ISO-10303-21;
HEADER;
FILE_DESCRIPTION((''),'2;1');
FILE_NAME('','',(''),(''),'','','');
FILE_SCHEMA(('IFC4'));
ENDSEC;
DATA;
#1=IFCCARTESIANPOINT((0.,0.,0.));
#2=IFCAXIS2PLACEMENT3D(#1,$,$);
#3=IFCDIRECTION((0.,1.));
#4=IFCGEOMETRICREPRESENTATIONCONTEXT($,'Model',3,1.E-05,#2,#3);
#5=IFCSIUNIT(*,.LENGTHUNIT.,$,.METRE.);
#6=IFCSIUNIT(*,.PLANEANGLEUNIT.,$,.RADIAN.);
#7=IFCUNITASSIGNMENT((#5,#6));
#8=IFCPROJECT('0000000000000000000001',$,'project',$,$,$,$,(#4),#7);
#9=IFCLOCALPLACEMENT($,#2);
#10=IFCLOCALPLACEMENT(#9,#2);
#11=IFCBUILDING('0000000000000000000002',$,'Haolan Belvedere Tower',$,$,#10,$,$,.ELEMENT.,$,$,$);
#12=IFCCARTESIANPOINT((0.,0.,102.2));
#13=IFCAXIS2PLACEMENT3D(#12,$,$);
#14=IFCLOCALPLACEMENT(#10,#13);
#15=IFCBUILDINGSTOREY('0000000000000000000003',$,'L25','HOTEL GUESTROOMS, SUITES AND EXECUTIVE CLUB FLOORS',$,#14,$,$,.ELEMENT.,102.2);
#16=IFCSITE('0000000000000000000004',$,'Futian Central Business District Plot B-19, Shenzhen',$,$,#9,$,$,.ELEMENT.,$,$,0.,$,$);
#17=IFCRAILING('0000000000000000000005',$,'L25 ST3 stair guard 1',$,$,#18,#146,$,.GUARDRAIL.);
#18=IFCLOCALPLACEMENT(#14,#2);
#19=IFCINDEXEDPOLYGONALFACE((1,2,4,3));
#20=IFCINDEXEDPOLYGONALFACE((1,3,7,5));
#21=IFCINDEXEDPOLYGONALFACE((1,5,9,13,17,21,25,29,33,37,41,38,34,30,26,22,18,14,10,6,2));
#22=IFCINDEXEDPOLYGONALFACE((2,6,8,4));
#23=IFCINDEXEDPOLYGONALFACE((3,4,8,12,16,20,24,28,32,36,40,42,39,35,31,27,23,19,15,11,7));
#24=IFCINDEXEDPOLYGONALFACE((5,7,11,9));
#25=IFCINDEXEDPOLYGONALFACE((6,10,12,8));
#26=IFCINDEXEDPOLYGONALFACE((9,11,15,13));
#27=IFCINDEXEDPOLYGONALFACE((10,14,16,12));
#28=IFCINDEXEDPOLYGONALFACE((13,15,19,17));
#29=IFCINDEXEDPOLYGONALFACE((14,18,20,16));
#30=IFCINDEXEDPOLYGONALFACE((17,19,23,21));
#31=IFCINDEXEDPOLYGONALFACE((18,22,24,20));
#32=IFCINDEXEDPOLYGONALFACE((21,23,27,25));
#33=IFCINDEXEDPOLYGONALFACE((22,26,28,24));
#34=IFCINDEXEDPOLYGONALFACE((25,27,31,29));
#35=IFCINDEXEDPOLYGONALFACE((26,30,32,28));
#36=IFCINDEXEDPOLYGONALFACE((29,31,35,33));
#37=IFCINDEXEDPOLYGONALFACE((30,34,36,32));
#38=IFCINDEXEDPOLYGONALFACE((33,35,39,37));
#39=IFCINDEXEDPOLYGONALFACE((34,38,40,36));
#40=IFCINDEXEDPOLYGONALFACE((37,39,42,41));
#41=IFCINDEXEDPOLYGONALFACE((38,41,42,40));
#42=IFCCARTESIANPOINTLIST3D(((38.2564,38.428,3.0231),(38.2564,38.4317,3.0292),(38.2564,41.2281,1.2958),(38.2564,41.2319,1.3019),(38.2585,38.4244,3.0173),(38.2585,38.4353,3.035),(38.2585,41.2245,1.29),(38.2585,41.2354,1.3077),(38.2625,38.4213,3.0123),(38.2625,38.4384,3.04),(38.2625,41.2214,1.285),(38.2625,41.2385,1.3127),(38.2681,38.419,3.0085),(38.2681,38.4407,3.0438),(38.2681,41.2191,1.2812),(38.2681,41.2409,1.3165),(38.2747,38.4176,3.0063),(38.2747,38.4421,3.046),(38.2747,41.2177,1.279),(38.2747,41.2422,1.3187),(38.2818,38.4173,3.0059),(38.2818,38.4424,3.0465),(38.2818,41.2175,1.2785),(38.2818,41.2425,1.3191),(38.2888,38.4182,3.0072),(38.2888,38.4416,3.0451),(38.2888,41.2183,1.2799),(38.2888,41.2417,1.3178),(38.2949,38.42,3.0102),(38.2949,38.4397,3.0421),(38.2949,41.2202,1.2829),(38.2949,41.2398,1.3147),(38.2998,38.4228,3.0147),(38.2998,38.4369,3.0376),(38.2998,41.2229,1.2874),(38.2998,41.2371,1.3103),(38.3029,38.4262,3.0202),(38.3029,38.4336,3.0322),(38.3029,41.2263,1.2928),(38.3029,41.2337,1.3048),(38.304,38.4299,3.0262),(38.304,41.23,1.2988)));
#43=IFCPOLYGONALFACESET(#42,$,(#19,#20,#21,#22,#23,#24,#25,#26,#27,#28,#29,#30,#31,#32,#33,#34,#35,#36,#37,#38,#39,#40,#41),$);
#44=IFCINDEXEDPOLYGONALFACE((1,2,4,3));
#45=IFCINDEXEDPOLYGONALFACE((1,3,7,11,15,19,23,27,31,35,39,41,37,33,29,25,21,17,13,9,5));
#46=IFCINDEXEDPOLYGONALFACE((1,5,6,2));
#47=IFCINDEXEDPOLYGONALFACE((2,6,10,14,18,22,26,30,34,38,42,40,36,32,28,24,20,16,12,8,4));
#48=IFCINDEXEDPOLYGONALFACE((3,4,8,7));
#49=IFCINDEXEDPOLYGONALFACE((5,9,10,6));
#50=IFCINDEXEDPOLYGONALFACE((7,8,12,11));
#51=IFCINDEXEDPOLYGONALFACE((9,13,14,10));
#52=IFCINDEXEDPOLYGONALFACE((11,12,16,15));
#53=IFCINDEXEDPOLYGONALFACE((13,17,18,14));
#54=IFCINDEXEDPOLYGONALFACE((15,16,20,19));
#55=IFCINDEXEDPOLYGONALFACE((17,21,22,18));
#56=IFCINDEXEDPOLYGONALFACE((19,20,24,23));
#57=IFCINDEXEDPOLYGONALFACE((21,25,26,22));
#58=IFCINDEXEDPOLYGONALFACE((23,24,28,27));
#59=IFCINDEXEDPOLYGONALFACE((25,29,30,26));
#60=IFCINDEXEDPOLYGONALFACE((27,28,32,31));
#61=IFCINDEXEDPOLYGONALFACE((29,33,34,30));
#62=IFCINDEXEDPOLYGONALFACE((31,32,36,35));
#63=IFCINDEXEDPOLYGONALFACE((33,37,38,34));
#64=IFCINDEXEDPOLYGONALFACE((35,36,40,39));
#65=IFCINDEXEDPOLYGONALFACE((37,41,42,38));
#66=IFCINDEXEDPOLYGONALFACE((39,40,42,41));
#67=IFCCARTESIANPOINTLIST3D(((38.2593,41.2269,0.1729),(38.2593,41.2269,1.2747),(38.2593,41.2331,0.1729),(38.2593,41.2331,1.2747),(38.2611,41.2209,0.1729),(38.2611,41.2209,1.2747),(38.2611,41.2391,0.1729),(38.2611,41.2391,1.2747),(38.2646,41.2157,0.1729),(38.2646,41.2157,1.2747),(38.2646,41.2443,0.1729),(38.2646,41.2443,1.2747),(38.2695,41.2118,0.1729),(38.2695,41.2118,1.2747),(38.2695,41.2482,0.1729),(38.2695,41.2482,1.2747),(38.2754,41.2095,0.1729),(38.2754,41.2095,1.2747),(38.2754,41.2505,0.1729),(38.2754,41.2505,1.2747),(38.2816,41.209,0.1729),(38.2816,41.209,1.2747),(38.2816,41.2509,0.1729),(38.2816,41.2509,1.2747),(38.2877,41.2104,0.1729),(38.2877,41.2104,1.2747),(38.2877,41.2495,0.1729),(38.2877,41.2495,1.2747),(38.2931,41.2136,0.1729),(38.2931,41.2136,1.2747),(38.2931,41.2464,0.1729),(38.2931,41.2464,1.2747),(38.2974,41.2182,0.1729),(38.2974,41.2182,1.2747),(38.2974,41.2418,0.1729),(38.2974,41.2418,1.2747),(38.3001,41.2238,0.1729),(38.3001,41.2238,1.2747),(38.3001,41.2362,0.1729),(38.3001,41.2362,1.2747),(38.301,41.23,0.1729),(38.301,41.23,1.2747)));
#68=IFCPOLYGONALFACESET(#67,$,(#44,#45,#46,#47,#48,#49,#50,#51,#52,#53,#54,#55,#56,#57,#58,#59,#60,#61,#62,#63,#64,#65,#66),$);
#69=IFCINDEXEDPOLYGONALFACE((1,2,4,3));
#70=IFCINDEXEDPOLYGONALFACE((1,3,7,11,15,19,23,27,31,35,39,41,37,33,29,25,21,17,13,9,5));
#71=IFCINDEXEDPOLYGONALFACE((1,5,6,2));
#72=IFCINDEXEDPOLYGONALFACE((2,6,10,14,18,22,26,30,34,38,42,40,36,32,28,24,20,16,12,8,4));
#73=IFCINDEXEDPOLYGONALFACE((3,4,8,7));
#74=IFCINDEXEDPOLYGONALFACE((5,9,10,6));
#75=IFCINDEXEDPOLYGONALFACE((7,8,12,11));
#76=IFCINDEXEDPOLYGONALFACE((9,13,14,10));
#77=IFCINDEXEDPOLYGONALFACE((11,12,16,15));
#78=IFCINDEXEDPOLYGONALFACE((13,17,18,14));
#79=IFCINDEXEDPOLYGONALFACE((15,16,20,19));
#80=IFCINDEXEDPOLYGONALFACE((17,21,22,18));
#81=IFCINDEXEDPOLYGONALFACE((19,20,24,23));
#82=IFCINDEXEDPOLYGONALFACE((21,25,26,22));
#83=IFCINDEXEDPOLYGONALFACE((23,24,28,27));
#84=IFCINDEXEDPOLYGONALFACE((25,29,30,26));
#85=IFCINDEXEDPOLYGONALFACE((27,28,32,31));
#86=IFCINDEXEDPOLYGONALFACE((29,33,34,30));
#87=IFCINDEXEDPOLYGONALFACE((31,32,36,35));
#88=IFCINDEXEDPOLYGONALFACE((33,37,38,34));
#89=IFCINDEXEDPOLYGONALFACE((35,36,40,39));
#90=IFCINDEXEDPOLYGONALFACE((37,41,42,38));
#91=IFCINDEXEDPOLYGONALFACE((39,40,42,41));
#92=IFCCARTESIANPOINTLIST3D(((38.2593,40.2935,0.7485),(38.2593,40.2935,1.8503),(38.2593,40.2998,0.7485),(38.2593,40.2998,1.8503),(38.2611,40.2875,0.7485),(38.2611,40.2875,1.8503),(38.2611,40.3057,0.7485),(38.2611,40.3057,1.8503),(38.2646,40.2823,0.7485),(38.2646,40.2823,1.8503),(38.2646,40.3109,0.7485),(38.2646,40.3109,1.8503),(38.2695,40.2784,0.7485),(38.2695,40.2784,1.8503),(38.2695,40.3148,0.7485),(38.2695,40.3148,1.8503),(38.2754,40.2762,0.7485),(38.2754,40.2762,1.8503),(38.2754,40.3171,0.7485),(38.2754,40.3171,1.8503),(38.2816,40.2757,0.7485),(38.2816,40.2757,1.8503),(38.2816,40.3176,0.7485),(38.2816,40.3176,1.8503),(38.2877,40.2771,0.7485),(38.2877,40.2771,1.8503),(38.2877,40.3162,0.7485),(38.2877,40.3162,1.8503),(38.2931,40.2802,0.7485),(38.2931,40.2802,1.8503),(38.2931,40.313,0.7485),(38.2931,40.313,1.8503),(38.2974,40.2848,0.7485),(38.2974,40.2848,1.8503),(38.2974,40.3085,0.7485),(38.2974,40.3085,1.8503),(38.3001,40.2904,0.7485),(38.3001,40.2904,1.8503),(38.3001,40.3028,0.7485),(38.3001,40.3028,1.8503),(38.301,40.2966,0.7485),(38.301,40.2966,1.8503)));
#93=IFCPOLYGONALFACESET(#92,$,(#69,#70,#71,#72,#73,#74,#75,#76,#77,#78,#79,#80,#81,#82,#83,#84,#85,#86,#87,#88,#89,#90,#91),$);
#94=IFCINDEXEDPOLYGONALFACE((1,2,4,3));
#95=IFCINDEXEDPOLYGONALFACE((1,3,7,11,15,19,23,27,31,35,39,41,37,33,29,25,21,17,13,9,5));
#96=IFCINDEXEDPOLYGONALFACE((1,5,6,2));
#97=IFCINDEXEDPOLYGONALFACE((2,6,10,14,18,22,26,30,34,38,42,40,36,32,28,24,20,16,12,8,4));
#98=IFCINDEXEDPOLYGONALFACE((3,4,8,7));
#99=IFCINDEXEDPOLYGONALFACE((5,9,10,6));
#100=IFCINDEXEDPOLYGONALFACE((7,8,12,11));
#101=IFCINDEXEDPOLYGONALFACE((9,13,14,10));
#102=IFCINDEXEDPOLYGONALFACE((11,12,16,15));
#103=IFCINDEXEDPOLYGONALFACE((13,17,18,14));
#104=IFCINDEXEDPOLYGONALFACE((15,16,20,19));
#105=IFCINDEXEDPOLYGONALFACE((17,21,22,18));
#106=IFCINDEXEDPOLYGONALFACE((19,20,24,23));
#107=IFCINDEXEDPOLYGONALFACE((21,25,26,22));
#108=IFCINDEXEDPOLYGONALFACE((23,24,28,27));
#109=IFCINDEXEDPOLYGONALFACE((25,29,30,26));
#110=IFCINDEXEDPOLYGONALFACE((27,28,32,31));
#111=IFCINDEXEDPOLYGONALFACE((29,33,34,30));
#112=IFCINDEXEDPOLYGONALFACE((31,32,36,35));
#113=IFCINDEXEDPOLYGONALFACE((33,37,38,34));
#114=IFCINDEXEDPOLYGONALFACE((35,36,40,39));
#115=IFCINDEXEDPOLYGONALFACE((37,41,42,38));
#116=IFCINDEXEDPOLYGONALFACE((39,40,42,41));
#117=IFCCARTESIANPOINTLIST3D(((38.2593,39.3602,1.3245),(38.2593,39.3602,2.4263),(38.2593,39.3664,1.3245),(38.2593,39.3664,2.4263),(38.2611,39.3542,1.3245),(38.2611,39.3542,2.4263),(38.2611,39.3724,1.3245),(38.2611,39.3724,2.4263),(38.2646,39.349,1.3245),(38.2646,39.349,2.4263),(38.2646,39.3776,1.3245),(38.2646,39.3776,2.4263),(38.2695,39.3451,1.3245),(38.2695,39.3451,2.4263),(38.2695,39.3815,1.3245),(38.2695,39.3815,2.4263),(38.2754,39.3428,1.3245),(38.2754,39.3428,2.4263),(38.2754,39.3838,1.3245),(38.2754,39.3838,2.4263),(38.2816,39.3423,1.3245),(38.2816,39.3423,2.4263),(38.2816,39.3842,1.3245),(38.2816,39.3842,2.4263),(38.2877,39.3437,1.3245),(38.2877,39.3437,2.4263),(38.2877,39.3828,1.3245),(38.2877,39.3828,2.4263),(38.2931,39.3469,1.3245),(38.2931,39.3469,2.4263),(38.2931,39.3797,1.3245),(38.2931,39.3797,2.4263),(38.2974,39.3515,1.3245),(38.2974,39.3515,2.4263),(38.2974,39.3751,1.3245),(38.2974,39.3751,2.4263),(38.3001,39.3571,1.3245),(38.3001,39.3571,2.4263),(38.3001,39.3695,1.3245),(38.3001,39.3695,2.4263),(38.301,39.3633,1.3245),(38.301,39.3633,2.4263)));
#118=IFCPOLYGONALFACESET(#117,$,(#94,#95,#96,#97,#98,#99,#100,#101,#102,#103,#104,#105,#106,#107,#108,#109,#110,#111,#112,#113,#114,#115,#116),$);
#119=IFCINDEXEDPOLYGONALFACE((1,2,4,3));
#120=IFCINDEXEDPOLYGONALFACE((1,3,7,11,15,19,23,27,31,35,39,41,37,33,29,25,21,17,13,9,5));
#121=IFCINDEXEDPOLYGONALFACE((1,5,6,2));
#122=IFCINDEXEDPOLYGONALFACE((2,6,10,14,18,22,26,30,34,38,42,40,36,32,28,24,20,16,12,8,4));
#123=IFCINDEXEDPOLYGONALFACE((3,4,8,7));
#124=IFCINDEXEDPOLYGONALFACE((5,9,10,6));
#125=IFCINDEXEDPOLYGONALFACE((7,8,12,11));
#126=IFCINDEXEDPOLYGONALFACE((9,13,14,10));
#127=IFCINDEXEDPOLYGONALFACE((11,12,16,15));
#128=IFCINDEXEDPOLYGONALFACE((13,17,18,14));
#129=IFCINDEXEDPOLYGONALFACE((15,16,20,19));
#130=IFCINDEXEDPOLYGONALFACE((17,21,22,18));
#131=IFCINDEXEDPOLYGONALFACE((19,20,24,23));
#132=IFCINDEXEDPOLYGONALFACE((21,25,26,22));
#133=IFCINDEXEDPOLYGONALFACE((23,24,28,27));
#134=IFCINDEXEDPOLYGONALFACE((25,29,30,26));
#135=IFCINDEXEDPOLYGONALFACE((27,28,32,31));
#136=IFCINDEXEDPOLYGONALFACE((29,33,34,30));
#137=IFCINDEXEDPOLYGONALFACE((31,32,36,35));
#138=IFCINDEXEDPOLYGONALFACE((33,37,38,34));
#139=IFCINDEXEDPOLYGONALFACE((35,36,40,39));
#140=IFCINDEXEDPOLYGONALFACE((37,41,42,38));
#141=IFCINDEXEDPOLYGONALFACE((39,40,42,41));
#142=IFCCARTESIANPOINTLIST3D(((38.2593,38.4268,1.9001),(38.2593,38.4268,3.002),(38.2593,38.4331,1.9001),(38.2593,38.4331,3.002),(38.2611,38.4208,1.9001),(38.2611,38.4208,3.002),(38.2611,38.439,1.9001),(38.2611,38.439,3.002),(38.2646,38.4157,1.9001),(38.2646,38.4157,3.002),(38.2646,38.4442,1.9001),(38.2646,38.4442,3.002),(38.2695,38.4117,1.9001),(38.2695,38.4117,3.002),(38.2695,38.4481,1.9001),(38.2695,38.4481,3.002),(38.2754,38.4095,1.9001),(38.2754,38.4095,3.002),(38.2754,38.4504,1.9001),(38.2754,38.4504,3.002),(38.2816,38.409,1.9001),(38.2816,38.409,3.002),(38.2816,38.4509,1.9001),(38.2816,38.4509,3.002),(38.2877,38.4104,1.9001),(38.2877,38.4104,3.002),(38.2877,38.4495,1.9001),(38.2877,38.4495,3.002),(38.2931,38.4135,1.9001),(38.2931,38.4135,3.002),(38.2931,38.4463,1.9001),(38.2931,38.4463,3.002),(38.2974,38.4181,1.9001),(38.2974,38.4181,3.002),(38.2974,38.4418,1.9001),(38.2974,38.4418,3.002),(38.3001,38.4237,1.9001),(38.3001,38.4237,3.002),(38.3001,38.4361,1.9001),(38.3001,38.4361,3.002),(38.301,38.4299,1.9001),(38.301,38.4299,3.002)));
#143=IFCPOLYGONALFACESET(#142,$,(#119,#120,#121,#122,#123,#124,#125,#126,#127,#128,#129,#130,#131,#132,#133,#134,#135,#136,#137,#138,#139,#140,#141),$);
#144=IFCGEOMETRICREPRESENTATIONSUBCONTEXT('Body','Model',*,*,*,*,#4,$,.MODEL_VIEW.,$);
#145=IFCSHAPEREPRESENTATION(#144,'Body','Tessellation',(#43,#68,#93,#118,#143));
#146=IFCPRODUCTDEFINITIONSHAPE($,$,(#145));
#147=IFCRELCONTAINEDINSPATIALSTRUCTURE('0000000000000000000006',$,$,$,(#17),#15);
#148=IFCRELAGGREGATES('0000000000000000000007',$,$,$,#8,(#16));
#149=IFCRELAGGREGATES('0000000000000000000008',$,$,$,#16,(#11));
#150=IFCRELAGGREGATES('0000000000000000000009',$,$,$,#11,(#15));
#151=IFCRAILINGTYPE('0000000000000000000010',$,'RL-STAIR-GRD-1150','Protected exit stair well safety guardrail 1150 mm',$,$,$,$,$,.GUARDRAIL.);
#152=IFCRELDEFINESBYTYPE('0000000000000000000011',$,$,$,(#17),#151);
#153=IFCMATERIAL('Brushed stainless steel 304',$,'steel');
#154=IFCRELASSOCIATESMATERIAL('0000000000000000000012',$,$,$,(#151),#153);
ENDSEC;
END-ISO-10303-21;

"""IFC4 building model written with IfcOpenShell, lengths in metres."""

from ifc_helpers import new_model, si_unit, direction, frame, origin, origin_2d, place, context, subcontext, project, spatial, circle, extrude, material, type_object, element, save


model = new_model("IFC4")

# Units and contexts
model_context = context("Model", 3, precision=1e-05, world=origin(), true_north=direction((0.0, 1.0)))
body_context = subcontext(model_context, "Body", "Model", "MODEL_VIEW")
ifc_project = project(units=[si_unit("LENGTHUNIT", "METRE"), si_unit("PLANEANGLEUNIT", "RADIAN")], contexts=[model_context])

# Site, building, storey
site_placement = place(None, origin())
site = spatial("IfcSite", under=ifc_project, at=site_placement, Name="Futian Central Business District Plot B-19, Shenzhen", CompositionType="ELEMENT", RefElevation=0.0)
building_placement = place(site_placement, origin())
building = spatial("IfcBuilding", under=site, at=building_placement, Name="Haolan Belvedere Tower", CompositionType="ELEMENT")
storey_placement = place(building_placement, frame((0.0, 0.0, 102.2)))
storey = spatial("IfcBuildingStorey", under=building, at=storey_placement, Name="L25", Description="HOTEL GUESTROOMS, SUITES AND EXECUTIVE CLUB FLOORS", CompositionType="ELEMENT", Elevation=102.2)

# Railing
ifc_material_1 = material(Name="Brushed stainless steel 304", Category="steel")
railing_type_1 = type_object("IfcRailingType", Name="RL-STAIR-GRD-1150", Description="Protected exit stair well safety guardrail 1150 mm", PredefinedType="GUARDRAIL", material=ifc_material_1)
railing_1_placement = place(storey_placement, frame((38.28, 41.23, 0.1729)))
element("IfcRailing", 1, at=railing_1_placement, inside=storey, type_object=railing_type_1, Name="L25 ST3 stair guard 1", PredefinedType="GUARDRAIL", context=body_context, shape_type="SweptSolid", body=[
    extrude(circle(Radius=0.0239, at=origin_2d()), frame((0.0, 0.0, 1.126), z_axis=(0.0, -0.85109, 0.52502), x_axis=(1.0, 0.0, 0.0)), (0.0, 0.0, 1.0), 3.29),
    extrude(circle(Radius=0.021, at=origin_2d()), origin(), (0.0, 0.0, 1.0), 1.1018),
    extrude(circle(Radius=0.021, at=origin_2d()), frame((0.0, -0.9333, 0.5757)), (0.0, 0.0, 1.0), 1.1018),
    extrude(circle(Radius=0.021, at=origin_2d()), frame((0.0, -1.8667, 1.1516)), (0.0, 0.0, 1.0), 1.1018),
    extrude(circle(Radius=0.021, at=origin_2d()), frame((0.0, -2.8, 1.7273)), (0.0, 0.0, 1.0), 1.1018),
])

save(model, "model.ifc")
